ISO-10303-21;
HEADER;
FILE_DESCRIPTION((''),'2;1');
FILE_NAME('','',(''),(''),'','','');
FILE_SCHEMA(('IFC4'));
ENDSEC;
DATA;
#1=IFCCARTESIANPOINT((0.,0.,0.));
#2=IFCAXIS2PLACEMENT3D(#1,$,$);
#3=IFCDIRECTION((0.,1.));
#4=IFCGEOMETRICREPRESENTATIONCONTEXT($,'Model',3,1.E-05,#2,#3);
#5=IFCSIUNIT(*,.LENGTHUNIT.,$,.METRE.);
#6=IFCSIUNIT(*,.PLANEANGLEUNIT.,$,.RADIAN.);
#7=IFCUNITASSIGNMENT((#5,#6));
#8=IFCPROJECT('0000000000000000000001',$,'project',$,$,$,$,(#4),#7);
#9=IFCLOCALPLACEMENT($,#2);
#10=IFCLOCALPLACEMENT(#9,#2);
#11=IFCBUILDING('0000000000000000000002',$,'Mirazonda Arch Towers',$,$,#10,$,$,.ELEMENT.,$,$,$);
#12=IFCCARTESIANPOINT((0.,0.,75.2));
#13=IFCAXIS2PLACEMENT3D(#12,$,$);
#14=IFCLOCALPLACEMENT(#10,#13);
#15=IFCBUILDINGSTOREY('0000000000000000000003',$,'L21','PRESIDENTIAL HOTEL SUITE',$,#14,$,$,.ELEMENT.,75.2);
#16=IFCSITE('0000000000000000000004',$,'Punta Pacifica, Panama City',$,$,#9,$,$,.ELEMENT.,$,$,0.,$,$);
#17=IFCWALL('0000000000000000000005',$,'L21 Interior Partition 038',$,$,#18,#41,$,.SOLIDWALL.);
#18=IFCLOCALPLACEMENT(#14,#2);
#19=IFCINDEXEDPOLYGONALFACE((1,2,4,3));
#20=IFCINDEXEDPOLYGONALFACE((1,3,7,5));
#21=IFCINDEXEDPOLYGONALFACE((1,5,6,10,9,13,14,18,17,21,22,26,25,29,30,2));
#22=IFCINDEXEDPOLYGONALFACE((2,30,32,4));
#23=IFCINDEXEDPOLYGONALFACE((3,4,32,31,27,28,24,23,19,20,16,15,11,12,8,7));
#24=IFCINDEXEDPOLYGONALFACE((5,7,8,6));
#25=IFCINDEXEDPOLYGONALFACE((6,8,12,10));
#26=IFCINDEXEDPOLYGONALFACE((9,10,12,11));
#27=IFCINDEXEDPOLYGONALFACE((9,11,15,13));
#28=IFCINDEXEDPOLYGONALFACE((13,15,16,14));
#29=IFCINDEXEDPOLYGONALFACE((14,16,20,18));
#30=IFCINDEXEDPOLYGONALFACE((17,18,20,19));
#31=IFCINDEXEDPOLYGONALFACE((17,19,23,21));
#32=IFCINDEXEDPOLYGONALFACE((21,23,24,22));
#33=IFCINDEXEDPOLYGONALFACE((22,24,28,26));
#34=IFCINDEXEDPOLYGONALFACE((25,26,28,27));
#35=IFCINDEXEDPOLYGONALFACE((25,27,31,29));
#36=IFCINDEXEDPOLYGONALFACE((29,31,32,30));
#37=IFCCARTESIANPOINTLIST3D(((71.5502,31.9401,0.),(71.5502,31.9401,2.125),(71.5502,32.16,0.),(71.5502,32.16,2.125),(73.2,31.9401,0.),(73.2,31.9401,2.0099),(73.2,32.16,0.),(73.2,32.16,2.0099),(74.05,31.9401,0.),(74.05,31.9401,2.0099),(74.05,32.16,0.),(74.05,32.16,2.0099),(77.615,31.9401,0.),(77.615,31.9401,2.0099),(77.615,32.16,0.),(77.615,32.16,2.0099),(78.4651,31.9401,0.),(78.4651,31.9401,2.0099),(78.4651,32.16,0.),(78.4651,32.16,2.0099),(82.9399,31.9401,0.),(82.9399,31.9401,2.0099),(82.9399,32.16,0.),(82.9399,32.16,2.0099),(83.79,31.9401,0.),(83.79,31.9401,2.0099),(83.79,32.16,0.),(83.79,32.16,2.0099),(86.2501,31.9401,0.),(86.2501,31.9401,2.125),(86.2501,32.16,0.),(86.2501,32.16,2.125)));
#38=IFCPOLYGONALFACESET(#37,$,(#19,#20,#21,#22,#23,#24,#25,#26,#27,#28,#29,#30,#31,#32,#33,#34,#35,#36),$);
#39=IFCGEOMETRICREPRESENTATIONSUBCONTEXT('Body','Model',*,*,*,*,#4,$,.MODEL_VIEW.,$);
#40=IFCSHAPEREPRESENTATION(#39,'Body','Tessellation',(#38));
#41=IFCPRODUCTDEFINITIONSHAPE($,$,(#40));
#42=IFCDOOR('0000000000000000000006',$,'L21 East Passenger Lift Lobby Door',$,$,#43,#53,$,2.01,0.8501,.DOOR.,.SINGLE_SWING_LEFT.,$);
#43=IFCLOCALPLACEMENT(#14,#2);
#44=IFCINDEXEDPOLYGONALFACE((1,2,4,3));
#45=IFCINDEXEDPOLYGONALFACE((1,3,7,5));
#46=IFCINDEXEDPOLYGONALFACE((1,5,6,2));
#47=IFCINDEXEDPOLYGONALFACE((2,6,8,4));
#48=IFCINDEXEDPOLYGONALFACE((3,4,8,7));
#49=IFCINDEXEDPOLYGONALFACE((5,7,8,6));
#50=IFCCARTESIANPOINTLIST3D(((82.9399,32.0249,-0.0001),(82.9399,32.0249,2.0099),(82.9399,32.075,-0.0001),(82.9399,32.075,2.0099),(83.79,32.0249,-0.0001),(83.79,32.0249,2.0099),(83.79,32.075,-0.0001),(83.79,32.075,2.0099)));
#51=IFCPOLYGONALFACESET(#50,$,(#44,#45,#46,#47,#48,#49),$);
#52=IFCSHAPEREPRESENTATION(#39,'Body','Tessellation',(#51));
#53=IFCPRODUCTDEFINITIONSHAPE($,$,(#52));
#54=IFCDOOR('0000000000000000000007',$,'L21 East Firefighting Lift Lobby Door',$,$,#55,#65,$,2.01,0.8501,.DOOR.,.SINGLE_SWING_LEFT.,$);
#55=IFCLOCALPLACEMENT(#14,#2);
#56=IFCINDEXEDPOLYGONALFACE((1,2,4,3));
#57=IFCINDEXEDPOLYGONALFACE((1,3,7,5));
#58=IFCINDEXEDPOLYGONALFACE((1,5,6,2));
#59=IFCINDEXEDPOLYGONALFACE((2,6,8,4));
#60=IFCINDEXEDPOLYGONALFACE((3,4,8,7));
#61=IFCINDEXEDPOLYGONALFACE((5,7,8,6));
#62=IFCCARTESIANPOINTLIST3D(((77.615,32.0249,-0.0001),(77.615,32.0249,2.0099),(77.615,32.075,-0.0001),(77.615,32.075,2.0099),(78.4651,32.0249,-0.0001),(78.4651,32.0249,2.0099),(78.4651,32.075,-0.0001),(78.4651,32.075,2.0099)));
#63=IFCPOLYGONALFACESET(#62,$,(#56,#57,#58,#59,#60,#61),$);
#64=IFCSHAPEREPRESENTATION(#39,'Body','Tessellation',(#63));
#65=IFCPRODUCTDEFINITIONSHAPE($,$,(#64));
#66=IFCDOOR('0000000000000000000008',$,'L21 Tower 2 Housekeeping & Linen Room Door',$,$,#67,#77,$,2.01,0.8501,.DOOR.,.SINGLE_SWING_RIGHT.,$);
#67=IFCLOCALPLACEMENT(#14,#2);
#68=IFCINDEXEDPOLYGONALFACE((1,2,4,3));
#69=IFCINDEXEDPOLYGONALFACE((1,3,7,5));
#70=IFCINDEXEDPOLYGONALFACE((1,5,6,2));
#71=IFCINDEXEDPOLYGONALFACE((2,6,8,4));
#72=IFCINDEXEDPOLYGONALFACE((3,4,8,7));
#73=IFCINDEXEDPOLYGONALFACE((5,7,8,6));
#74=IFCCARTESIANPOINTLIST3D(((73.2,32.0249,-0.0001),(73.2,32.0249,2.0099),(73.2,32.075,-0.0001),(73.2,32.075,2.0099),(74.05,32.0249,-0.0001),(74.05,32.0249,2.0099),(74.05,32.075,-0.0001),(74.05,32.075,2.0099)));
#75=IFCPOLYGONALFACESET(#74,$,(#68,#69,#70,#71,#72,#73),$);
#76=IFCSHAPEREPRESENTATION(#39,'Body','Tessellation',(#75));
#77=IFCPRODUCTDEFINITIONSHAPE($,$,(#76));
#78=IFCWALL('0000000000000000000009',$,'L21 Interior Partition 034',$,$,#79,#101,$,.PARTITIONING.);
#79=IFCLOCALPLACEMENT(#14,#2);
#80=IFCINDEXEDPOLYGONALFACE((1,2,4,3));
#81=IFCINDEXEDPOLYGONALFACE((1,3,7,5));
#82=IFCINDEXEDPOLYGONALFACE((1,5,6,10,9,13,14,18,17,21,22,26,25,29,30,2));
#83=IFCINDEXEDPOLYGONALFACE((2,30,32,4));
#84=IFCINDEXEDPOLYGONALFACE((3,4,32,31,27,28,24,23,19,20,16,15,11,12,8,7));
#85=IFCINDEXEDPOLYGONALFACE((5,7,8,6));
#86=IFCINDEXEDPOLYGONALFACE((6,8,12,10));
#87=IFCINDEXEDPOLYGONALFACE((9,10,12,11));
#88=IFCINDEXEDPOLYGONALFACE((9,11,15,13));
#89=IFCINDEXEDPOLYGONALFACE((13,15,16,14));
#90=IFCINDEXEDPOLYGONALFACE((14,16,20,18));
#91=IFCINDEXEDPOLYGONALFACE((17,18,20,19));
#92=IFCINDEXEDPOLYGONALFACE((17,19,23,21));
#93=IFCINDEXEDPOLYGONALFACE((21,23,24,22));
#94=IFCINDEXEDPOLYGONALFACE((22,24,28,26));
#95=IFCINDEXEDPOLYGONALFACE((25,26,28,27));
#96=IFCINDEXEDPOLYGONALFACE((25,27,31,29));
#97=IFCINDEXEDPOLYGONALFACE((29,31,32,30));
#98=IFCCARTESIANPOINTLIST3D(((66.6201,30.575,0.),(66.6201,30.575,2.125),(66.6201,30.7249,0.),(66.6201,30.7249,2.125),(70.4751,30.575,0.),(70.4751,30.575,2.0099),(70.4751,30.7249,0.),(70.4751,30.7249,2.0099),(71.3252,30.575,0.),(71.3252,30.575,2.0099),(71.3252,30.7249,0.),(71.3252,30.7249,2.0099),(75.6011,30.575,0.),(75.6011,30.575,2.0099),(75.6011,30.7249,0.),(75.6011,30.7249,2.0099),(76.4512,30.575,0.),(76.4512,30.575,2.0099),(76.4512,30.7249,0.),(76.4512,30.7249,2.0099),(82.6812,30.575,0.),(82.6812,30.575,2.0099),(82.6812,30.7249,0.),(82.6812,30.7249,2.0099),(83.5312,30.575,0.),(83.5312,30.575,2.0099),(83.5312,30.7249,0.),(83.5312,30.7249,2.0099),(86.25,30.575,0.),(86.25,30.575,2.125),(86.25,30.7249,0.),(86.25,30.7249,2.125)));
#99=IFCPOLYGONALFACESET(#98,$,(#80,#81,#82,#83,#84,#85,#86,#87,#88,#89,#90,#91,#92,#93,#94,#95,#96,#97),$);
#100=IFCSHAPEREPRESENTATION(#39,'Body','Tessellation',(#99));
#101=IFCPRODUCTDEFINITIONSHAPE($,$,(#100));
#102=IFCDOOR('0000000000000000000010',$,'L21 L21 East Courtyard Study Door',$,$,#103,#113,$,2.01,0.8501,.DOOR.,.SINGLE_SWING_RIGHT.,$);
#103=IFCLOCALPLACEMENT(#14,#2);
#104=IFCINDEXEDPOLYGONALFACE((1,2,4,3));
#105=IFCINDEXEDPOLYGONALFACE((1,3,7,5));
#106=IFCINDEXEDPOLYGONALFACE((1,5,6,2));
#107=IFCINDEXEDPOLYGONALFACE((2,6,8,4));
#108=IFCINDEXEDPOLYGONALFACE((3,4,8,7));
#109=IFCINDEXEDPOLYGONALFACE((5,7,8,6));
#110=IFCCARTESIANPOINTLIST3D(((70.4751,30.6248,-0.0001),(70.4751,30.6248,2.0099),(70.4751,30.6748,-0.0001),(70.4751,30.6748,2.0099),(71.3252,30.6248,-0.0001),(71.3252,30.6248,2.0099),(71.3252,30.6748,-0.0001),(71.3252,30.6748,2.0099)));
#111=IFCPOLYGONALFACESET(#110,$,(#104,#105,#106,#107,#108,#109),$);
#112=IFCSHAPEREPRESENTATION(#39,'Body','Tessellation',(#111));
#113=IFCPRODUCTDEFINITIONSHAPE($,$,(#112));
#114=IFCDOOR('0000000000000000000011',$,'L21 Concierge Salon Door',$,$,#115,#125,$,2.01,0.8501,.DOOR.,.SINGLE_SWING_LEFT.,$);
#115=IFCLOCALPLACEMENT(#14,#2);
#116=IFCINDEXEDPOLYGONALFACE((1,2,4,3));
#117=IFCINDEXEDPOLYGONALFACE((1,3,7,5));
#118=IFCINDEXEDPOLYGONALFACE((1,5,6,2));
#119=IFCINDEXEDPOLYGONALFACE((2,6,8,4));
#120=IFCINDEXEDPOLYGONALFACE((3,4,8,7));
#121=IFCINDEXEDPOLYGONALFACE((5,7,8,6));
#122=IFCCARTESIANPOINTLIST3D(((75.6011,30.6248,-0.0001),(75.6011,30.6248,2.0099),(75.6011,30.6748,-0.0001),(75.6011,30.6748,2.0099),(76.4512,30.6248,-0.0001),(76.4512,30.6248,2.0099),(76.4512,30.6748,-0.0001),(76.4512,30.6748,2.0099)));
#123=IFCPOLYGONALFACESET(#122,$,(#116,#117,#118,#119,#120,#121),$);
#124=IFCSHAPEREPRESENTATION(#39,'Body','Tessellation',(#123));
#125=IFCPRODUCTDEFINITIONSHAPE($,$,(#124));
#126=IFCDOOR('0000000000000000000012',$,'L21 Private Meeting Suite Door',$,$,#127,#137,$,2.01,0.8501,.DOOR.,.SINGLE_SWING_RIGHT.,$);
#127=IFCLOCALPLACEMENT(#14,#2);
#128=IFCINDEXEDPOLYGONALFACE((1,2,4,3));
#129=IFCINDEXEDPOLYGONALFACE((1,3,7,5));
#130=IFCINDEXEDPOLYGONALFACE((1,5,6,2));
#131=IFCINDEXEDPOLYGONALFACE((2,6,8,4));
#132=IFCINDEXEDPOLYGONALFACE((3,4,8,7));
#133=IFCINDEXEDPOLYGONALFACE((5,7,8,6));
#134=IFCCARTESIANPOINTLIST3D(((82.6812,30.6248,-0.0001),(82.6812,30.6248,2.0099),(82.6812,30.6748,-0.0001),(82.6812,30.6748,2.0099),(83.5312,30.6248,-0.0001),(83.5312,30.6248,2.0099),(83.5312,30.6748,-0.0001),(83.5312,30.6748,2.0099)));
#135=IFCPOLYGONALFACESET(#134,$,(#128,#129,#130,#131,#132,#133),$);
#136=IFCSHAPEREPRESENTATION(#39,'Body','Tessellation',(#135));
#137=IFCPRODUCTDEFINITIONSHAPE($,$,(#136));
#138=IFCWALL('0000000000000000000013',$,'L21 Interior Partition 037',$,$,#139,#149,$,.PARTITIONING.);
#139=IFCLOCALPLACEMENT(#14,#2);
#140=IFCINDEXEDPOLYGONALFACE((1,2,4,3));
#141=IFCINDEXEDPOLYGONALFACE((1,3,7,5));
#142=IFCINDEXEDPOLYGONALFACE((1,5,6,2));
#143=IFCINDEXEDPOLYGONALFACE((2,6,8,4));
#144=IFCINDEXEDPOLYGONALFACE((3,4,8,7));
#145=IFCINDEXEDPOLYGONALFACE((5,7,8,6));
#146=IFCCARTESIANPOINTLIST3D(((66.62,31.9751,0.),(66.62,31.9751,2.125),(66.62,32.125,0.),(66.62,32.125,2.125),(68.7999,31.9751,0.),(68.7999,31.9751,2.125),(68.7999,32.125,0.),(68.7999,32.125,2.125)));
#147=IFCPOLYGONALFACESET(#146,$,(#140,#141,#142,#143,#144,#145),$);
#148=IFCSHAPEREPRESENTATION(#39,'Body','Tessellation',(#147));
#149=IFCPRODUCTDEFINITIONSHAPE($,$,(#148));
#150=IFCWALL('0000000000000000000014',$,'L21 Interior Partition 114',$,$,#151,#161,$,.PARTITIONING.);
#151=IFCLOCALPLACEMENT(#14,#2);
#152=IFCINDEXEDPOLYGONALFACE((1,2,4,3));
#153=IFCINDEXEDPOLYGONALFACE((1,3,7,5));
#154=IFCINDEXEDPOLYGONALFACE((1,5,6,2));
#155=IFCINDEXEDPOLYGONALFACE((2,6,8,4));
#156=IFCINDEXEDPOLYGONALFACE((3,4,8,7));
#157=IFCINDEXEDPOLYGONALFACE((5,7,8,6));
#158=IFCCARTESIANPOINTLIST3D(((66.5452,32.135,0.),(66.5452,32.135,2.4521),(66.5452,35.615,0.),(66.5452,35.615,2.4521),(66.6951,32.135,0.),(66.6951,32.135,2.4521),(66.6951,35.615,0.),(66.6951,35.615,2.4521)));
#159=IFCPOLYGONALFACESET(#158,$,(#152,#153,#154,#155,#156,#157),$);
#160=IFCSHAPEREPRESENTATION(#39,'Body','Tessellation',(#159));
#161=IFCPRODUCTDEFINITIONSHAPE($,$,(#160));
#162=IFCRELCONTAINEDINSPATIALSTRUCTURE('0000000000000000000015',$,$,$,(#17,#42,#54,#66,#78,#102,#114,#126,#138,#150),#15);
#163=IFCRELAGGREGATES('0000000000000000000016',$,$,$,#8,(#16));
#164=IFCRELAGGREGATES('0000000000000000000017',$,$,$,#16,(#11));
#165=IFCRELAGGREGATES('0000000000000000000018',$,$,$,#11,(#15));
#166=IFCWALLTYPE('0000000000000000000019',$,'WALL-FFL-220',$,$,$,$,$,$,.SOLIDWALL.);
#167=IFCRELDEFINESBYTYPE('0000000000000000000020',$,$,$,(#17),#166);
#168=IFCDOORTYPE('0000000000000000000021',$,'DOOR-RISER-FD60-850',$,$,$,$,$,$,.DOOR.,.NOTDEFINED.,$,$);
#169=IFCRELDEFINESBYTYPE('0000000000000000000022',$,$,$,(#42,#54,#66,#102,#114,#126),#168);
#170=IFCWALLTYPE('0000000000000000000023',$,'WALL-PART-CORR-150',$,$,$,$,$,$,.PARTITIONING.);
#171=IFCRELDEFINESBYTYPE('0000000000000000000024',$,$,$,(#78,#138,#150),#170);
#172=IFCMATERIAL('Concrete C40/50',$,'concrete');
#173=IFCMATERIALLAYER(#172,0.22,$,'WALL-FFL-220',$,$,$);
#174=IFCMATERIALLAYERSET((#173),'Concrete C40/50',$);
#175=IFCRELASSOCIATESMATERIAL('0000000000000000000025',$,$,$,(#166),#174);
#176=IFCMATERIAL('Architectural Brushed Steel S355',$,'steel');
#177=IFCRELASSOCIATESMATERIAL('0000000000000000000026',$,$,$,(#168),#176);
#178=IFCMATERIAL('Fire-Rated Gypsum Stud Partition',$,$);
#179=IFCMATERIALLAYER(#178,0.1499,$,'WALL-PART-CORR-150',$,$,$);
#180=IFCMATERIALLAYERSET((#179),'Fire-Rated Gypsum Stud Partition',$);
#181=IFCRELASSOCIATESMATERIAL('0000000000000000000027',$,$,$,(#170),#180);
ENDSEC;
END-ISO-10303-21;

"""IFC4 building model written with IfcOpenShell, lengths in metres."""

from ifc_helpers import new_model, si_unit, direction, frame, frame_2d, origin, place, context, subcontext, project, spatial, rectangle, extrude, material, layer, layer_set, type_object, element, fill, save


model = new_model("IFC4")

# Units and contexts
model_context = context("Model", 3, precision=1e-05, world=origin(), true_north=direction((0.0, 1.0)))
body_context = subcontext(model_context, "Body", "Model", "MODEL_VIEW")
ifc_project = project(units=[si_unit("LENGTHUNIT", "METRE"), si_unit("PLANEANGLEUNIT", "RADIAN")], contexts=[model_context])

# Site, building, storey
site_placement = place(None, origin())
site = spatial("IfcSite", under=ifc_project, at=site_placement, Name="Punta Pacifica, Panama City", CompositionType="ELEMENT", RefElevation=0.0)
building_placement = place(site_placement, origin())
building = spatial("IfcBuilding", under=site, at=building_placement, Name="Mirazonda Arch Towers", CompositionType="ELEMENT")
storey_placement = place(building_placement, frame((0.0, 0.0, 75.2)))
storey = spatial("IfcBuildingStorey", under=building, at=storey_placement, Name="L21", Description="PRESIDENTIAL HOTEL SUITE", CompositionType="ELEMENT", Elevation=75.2)

# Walls, openings, doors
ifc_material_1 = material(Name="Architectural Brushed Steel S355", Category="steel")
ifc_material_2 = material(Name="Concrete C40/50", Category="concrete")
ifc_layer_1 = layer(ifc_material_2, 0.22, Name="WALL-FFL-220")
ifc_layer_set_1 = layer_set([ifc_layer_1], Name="Concrete C40/50")
wall_type_1 = type_object("IfcWallType", Name="WALL-FFL-220", PredefinedType="SOLIDWALL", material=ifc_layer_set_1)
wall_1_placement = place(storey_placement, frame((71.55, 32.05, 0.0), z_axis=(0.0, 0.0, 1.0), x_axis=(1.0, 0.0, 0.0)))
wall_1 = element("IfcWall", 1, at=wall_1_placement, inside=storey, type_object=wall_type_1, Name="L21 Interior Partition 038", PredefinedType="SOLIDWALL", context=body_context, shape_type="SweptSolid", body=[
    extrude(rectangle(XDim=14.7, YDim=0.22, at=frame_2d((7.3501, 0.0))), origin(), (0.0, 0.0, 1.0), 2.125),
])
opening_1_placement = place(wall_1_placement, frame((11.3899, 0.0, 0.0)))
opening_1 = element("IfcOpeningElement", 2, at=opening_1_placement, cuts=wall_1, PredefinedType="OPENING", context=body_context, shape_type="SweptSolid", body=[
    extrude(rectangle(XDim=0.8501, YDim=2.01, at=frame_2d((0.425, 1.0049))), frame((0.0, 0.1199, 0.0), z_axis=(0.0, -1.0, 0.0), x_axis=(1.0, 0.0, 0.0)), (0.0, 0.0, 1.0), 0.24),
])
opening_2_placement = place(wall_1_placement, frame((6.0649, 0.0, 0.0)))
opening_2 = element("IfcOpeningElement", 3, at=opening_2_placement, cuts=wall_1, PredefinedType="OPENING", context=body_context, shape_type="SweptSolid", body=[
    extrude(rectangle(XDim=0.8501, YDim=2.01, at=frame_2d((0.425, 1.0049))), frame((0.0, 0.1199, 0.0), z_axis=(0.0, -1.0, 0.0), x_axis=(1.0, 0.0, 0.0)), (0.0, 0.0, 1.0), 0.24),
])
opening_3_placement = place(wall_1_placement, frame((1.6499, 0.0, 0.0)))
opening_3 = element("IfcOpeningElement", 4, at=opening_3_placement, cuts=wall_1, PredefinedType="OPENING", context=body_context, shape_type="SweptSolid", body=[
    extrude(rectangle(XDim=0.8501, YDim=2.01, at=frame_2d((0.425, 1.0049))), frame((0.0, 0.1199, 0.0), z_axis=(0.0, -1.0, 0.0), x_axis=(1.0, 0.0, 0.0)), (0.0, 0.0, 1.0), 0.24),
])
door_type_1 = type_object("IfcDoorType", Name="DOOR-RISER-FD60-850", OperationType="NOTDEFINED", PredefinedType="DOOR", material=ifc_material_1)
door_1_placement = place(opening_1_placement, origin())
door_1 = element("IfcDoor", 5, at=door_1_placement, inside=storey, type_object=door_type_1, Name="L21 East Passenger Lift Lobby Door", OperationType="SINGLE_SWING_LEFT", OverallHeight=2.01, OverallWidth=0.8501, PredefinedType="DOOR", context=body_context, shape_type="SweptSolid", body=[
    extrude(rectangle(XDim=0.8501, YDim=2.01, at=frame_2d((0.425, 1.0049))), frame((0.0, 0.0249, 0.0), z_axis=(0.0, -1.0, 0.0), x_axis=(1.0, 0.0, 0.0)), (0.0, 0.0, 1.0), 0.05),
])
fill(opening_1, door_1)
door_2_placement = place(opening_2_placement, origin())
door_2 = element("IfcDoor", 6, at=door_2_placement, inside=storey, type_object=door_type_1, Name="L21 East Firefighting Lift Lobby Door", OperationType="SINGLE_SWING_LEFT", OverallHeight=2.01, OverallWidth=0.8501, PredefinedType="DOOR", context=body_context, shape_type="SweptSolid", body=[
    extrude(rectangle(XDim=0.8501, YDim=2.01, at=frame_2d((0.425, 1.0049))), frame((0.0, 0.0249, 0.0), z_axis=(0.0, -1.0, 0.0), x_axis=(1.0, 0.0, 0.0)), (0.0, 0.0, 1.0), 0.05),
])
fill(opening_2, door_2)
door_3_placement = place(opening_3_placement, origin())
door_3 = element("IfcDoor", 7, at=door_3_placement, inside=storey, type_object=door_type_1, Name="L21 Tower 2 Housekeeping & Linen Room Door", OperationType="SINGLE_SWING_RIGHT", OverallHeight=2.01, OverallWidth=0.8501, PredefinedType="DOOR", context=body_context, shape_type="SweptSolid", body=[
    extrude(rectangle(XDim=0.8501, YDim=2.01, at=frame_2d((0.425, 1.0049))), frame((0.0, 0.0249, 0.0), z_axis=(0.0, -1.0, 0.0), x_axis=(1.0, 0.0, 0.0)), (0.0, 0.0, 1.0), 0.05),
])
fill(opening_3, door_3)
ifc_material_3 = material(Name="Fire-Rated Gypsum Stud Partition")
ifc_layer_2 = layer(ifc_material_3, 0.1499, Name="WALL-PART-CORR-150")
ifc_layer_set_2 = layer_set([ifc_layer_2], Name="Fire-Rated Gypsum Stud Partition")
wall_type_2 = type_object("IfcWallType", Name="WALL-PART-CORR-150", PredefinedType="PARTITIONING", material=ifc_layer_set_2)
wall_2_placement = place(storey_placement, frame((66.6201, 30.6499, 0.0), z_axis=(0.0, 0.0, 1.0), x_axis=(1.0, 0.0, 0.0)))
wall_2 = element("IfcWall", 8, at=wall_2_placement, inside=storey, type_object=wall_type_2, Name="L21 Interior Partition 034", PredefinedType="PARTITIONING", context=body_context, shape_type="SweptSolid", body=[
    extrude(rectangle(XDim=19.6299, YDim=0.1499, at=frame_2d((9.8149, 0.0))), origin(), (0.0, 0.0, 1.0), 2.125),
])
opening_4_placement = place(wall_2_placement, frame((3.855, 0.0, 0.0)))
opening_4 = element("IfcOpeningElement", 9, at=opening_4_placement, cuts=wall_2, PredefinedType="OPENING", context=body_context, shape_type="SweptSolid", body=[
    extrude(rectangle(XDim=0.8501, YDim=2.01, at=frame_2d((0.425, 1.0049))), frame((0.0, 0.085, 0.0), z_axis=(0.0, -1.0, 0.0), x_axis=(1.0, 0.0, 0.0)), (0.0, 0.0, 1.0), 0.1699),
])
opening_5_placement = place(wall_2_placement, frame((8.981, 0.0, 0.0)))
opening_5 = element("IfcOpeningElement", 10, at=opening_5_placement, cuts=wall_2, PredefinedType="OPENING", context=body_context, shape_type="SweptSolid", body=[
    extrude(rectangle(XDim=0.8501, YDim=2.01, at=frame_2d((0.425, 1.0049))), frame((0.0, 0.085, 0.0), z_axis=(0.0, -1.0, 0.0), x_axis=(1.0, 0.0, 0.0)), (0.0, 0.0, 1.0), 0.1699),
])
opening_6_placement = place(wall_2_placement, frame((16.061, 0.0, 0.0)))
opening_6 = element("IfcOpeningElement", 11, at=opening_6_placement, cuts=wall_2, PredefinedType="OPENING", context=body_context, shape_type="SweptSolid", body=[
    extrude(rectangle(XDim=0.8501, YDim=2.01, at=frame_2d((0.425, 1.0049))), frame((0.0, 0.085, 0.0), z_axis=(0.0, -1.0, 0.0), x_axis=(1.0, 0.0, 0.0)), (0.0, 0.0, 1.0), 0.1699),
])
door_4_placement = place(opening_4_placement, origin())
door_4 = element("IfcDoor", 12, at=door_4_placement, inside=storey, type_object=door_type_1, Name="L21 L21 East Courtyard Study Door", OperationType="SINGLE_SWING_RIGHT", OverallHeight=2.01, OverallWidth=0.8501, PredefinedType="DOOR", context=body_context, shape_type="SweptSolid", body=[
    extrude(rectangle(XDim=0.8501, YDim=2.01, at=frame_2d((0.425, 1.0049))), frame((0.0, 0.0249, 0.0), z_axis=(0.0, -1.0, 0.0), x_axis=(1.0, 0.0, 0.0)), (0.0, 0.0, 1.0), 0.05),
])
fill(opening_4, door_4)
door_5_placement = place(opening_5_placement, origin())
door_5 = element("IfcDoor", 13, at=door_5_placement, inside=storey, type_object=door_type_1, Name="L21 Concierge Salon Door", OperationType="SINGLE_SWING_LEFT", OverallHeight=2.01, OverallWidth=0.8501, PredefinedType="DOOR", context=body_context, shape_type="SweptSolid", body=[
    extrude(rectangle(XDim=0.8501, YDim=2.01, at=frame_2d((0.425, 1.0049))), frame((0.0, 0.0249, 0.0), z_axis=(0.0, -1.0, 0.0), x_axis=(1.0, 0.0, 0.0)), (0.0, 0.0, 1.0), 0.05),
])
fill(opening_5, door_5)
door_6_placement = place(opening_6_placement, origin())
door_6 = element("IfcDoor", 14, at=door_6_placement, inside=storey, type_object=door_type_1, Name="L21 Private Meeting Suite Door", OperationType="SINGLE_SWING_RIGHT", OverallHeight=2.01, OverallWidth=0.8501, PredefinedType="DOOR", context=body_context, shape_type="SweptSolid", body=[
    extrude(rectangle(XDim=0.8501, YDim=2.01, at=frame_2d((0.425, 1.0049))), frame((0.0, 0.0249, 0.0), z_axis=(0.0, -1.0, 0.0), x_axis=(1.0, 0.0, 0.0)), (0.0, 0.0, 1.0), 0.05),
])
fill(opening_6, door_6)

# Walls
wall_3_placement = place(storey_placement, frame((66.6201, 32.05, 0.0), z_axis=(0.0, 0.0, 1.0), x_axis=(1.0, 0.0, 0.0)))
element("IfcWall", 15, at=wall_3_placement, inside=storey, type_object=wall_type_2, Name="L21 Interior Partition 037", PredefinedType="PARTITIONING", context=body_context, shape_type="SweptSolid", body=[
    extrude(rectangle(XDim=2.1799, YDim=0.1499, at=frame_2d((1.0898, 0.0))), origin(), (0.0, 0.0, 1.0), 2.125),
])
wall_4_placement = place(storey_placement, frame((66.6201, 32.135, 0.0), z_axis=(0.0, 0.0, 1.0), x_axis=(0.0, 1.0, 0.0)))
element("IfcWall", 16, at=wall_4_placement, inside=storey, type_object=wall_type_2, Name="L21 Interior Partition 114", PredefinedType="PARTITIONING", context=body_context, shape_type="SweptSolid", body=[
    extrude(rectangle(XDim=3.48, YDim=0.1499, at=frame_2d((1.74, 0.0))), origin(), (0.0, 0.0, 1.0), 2.4521),
])

save(model, "model.ifc")
